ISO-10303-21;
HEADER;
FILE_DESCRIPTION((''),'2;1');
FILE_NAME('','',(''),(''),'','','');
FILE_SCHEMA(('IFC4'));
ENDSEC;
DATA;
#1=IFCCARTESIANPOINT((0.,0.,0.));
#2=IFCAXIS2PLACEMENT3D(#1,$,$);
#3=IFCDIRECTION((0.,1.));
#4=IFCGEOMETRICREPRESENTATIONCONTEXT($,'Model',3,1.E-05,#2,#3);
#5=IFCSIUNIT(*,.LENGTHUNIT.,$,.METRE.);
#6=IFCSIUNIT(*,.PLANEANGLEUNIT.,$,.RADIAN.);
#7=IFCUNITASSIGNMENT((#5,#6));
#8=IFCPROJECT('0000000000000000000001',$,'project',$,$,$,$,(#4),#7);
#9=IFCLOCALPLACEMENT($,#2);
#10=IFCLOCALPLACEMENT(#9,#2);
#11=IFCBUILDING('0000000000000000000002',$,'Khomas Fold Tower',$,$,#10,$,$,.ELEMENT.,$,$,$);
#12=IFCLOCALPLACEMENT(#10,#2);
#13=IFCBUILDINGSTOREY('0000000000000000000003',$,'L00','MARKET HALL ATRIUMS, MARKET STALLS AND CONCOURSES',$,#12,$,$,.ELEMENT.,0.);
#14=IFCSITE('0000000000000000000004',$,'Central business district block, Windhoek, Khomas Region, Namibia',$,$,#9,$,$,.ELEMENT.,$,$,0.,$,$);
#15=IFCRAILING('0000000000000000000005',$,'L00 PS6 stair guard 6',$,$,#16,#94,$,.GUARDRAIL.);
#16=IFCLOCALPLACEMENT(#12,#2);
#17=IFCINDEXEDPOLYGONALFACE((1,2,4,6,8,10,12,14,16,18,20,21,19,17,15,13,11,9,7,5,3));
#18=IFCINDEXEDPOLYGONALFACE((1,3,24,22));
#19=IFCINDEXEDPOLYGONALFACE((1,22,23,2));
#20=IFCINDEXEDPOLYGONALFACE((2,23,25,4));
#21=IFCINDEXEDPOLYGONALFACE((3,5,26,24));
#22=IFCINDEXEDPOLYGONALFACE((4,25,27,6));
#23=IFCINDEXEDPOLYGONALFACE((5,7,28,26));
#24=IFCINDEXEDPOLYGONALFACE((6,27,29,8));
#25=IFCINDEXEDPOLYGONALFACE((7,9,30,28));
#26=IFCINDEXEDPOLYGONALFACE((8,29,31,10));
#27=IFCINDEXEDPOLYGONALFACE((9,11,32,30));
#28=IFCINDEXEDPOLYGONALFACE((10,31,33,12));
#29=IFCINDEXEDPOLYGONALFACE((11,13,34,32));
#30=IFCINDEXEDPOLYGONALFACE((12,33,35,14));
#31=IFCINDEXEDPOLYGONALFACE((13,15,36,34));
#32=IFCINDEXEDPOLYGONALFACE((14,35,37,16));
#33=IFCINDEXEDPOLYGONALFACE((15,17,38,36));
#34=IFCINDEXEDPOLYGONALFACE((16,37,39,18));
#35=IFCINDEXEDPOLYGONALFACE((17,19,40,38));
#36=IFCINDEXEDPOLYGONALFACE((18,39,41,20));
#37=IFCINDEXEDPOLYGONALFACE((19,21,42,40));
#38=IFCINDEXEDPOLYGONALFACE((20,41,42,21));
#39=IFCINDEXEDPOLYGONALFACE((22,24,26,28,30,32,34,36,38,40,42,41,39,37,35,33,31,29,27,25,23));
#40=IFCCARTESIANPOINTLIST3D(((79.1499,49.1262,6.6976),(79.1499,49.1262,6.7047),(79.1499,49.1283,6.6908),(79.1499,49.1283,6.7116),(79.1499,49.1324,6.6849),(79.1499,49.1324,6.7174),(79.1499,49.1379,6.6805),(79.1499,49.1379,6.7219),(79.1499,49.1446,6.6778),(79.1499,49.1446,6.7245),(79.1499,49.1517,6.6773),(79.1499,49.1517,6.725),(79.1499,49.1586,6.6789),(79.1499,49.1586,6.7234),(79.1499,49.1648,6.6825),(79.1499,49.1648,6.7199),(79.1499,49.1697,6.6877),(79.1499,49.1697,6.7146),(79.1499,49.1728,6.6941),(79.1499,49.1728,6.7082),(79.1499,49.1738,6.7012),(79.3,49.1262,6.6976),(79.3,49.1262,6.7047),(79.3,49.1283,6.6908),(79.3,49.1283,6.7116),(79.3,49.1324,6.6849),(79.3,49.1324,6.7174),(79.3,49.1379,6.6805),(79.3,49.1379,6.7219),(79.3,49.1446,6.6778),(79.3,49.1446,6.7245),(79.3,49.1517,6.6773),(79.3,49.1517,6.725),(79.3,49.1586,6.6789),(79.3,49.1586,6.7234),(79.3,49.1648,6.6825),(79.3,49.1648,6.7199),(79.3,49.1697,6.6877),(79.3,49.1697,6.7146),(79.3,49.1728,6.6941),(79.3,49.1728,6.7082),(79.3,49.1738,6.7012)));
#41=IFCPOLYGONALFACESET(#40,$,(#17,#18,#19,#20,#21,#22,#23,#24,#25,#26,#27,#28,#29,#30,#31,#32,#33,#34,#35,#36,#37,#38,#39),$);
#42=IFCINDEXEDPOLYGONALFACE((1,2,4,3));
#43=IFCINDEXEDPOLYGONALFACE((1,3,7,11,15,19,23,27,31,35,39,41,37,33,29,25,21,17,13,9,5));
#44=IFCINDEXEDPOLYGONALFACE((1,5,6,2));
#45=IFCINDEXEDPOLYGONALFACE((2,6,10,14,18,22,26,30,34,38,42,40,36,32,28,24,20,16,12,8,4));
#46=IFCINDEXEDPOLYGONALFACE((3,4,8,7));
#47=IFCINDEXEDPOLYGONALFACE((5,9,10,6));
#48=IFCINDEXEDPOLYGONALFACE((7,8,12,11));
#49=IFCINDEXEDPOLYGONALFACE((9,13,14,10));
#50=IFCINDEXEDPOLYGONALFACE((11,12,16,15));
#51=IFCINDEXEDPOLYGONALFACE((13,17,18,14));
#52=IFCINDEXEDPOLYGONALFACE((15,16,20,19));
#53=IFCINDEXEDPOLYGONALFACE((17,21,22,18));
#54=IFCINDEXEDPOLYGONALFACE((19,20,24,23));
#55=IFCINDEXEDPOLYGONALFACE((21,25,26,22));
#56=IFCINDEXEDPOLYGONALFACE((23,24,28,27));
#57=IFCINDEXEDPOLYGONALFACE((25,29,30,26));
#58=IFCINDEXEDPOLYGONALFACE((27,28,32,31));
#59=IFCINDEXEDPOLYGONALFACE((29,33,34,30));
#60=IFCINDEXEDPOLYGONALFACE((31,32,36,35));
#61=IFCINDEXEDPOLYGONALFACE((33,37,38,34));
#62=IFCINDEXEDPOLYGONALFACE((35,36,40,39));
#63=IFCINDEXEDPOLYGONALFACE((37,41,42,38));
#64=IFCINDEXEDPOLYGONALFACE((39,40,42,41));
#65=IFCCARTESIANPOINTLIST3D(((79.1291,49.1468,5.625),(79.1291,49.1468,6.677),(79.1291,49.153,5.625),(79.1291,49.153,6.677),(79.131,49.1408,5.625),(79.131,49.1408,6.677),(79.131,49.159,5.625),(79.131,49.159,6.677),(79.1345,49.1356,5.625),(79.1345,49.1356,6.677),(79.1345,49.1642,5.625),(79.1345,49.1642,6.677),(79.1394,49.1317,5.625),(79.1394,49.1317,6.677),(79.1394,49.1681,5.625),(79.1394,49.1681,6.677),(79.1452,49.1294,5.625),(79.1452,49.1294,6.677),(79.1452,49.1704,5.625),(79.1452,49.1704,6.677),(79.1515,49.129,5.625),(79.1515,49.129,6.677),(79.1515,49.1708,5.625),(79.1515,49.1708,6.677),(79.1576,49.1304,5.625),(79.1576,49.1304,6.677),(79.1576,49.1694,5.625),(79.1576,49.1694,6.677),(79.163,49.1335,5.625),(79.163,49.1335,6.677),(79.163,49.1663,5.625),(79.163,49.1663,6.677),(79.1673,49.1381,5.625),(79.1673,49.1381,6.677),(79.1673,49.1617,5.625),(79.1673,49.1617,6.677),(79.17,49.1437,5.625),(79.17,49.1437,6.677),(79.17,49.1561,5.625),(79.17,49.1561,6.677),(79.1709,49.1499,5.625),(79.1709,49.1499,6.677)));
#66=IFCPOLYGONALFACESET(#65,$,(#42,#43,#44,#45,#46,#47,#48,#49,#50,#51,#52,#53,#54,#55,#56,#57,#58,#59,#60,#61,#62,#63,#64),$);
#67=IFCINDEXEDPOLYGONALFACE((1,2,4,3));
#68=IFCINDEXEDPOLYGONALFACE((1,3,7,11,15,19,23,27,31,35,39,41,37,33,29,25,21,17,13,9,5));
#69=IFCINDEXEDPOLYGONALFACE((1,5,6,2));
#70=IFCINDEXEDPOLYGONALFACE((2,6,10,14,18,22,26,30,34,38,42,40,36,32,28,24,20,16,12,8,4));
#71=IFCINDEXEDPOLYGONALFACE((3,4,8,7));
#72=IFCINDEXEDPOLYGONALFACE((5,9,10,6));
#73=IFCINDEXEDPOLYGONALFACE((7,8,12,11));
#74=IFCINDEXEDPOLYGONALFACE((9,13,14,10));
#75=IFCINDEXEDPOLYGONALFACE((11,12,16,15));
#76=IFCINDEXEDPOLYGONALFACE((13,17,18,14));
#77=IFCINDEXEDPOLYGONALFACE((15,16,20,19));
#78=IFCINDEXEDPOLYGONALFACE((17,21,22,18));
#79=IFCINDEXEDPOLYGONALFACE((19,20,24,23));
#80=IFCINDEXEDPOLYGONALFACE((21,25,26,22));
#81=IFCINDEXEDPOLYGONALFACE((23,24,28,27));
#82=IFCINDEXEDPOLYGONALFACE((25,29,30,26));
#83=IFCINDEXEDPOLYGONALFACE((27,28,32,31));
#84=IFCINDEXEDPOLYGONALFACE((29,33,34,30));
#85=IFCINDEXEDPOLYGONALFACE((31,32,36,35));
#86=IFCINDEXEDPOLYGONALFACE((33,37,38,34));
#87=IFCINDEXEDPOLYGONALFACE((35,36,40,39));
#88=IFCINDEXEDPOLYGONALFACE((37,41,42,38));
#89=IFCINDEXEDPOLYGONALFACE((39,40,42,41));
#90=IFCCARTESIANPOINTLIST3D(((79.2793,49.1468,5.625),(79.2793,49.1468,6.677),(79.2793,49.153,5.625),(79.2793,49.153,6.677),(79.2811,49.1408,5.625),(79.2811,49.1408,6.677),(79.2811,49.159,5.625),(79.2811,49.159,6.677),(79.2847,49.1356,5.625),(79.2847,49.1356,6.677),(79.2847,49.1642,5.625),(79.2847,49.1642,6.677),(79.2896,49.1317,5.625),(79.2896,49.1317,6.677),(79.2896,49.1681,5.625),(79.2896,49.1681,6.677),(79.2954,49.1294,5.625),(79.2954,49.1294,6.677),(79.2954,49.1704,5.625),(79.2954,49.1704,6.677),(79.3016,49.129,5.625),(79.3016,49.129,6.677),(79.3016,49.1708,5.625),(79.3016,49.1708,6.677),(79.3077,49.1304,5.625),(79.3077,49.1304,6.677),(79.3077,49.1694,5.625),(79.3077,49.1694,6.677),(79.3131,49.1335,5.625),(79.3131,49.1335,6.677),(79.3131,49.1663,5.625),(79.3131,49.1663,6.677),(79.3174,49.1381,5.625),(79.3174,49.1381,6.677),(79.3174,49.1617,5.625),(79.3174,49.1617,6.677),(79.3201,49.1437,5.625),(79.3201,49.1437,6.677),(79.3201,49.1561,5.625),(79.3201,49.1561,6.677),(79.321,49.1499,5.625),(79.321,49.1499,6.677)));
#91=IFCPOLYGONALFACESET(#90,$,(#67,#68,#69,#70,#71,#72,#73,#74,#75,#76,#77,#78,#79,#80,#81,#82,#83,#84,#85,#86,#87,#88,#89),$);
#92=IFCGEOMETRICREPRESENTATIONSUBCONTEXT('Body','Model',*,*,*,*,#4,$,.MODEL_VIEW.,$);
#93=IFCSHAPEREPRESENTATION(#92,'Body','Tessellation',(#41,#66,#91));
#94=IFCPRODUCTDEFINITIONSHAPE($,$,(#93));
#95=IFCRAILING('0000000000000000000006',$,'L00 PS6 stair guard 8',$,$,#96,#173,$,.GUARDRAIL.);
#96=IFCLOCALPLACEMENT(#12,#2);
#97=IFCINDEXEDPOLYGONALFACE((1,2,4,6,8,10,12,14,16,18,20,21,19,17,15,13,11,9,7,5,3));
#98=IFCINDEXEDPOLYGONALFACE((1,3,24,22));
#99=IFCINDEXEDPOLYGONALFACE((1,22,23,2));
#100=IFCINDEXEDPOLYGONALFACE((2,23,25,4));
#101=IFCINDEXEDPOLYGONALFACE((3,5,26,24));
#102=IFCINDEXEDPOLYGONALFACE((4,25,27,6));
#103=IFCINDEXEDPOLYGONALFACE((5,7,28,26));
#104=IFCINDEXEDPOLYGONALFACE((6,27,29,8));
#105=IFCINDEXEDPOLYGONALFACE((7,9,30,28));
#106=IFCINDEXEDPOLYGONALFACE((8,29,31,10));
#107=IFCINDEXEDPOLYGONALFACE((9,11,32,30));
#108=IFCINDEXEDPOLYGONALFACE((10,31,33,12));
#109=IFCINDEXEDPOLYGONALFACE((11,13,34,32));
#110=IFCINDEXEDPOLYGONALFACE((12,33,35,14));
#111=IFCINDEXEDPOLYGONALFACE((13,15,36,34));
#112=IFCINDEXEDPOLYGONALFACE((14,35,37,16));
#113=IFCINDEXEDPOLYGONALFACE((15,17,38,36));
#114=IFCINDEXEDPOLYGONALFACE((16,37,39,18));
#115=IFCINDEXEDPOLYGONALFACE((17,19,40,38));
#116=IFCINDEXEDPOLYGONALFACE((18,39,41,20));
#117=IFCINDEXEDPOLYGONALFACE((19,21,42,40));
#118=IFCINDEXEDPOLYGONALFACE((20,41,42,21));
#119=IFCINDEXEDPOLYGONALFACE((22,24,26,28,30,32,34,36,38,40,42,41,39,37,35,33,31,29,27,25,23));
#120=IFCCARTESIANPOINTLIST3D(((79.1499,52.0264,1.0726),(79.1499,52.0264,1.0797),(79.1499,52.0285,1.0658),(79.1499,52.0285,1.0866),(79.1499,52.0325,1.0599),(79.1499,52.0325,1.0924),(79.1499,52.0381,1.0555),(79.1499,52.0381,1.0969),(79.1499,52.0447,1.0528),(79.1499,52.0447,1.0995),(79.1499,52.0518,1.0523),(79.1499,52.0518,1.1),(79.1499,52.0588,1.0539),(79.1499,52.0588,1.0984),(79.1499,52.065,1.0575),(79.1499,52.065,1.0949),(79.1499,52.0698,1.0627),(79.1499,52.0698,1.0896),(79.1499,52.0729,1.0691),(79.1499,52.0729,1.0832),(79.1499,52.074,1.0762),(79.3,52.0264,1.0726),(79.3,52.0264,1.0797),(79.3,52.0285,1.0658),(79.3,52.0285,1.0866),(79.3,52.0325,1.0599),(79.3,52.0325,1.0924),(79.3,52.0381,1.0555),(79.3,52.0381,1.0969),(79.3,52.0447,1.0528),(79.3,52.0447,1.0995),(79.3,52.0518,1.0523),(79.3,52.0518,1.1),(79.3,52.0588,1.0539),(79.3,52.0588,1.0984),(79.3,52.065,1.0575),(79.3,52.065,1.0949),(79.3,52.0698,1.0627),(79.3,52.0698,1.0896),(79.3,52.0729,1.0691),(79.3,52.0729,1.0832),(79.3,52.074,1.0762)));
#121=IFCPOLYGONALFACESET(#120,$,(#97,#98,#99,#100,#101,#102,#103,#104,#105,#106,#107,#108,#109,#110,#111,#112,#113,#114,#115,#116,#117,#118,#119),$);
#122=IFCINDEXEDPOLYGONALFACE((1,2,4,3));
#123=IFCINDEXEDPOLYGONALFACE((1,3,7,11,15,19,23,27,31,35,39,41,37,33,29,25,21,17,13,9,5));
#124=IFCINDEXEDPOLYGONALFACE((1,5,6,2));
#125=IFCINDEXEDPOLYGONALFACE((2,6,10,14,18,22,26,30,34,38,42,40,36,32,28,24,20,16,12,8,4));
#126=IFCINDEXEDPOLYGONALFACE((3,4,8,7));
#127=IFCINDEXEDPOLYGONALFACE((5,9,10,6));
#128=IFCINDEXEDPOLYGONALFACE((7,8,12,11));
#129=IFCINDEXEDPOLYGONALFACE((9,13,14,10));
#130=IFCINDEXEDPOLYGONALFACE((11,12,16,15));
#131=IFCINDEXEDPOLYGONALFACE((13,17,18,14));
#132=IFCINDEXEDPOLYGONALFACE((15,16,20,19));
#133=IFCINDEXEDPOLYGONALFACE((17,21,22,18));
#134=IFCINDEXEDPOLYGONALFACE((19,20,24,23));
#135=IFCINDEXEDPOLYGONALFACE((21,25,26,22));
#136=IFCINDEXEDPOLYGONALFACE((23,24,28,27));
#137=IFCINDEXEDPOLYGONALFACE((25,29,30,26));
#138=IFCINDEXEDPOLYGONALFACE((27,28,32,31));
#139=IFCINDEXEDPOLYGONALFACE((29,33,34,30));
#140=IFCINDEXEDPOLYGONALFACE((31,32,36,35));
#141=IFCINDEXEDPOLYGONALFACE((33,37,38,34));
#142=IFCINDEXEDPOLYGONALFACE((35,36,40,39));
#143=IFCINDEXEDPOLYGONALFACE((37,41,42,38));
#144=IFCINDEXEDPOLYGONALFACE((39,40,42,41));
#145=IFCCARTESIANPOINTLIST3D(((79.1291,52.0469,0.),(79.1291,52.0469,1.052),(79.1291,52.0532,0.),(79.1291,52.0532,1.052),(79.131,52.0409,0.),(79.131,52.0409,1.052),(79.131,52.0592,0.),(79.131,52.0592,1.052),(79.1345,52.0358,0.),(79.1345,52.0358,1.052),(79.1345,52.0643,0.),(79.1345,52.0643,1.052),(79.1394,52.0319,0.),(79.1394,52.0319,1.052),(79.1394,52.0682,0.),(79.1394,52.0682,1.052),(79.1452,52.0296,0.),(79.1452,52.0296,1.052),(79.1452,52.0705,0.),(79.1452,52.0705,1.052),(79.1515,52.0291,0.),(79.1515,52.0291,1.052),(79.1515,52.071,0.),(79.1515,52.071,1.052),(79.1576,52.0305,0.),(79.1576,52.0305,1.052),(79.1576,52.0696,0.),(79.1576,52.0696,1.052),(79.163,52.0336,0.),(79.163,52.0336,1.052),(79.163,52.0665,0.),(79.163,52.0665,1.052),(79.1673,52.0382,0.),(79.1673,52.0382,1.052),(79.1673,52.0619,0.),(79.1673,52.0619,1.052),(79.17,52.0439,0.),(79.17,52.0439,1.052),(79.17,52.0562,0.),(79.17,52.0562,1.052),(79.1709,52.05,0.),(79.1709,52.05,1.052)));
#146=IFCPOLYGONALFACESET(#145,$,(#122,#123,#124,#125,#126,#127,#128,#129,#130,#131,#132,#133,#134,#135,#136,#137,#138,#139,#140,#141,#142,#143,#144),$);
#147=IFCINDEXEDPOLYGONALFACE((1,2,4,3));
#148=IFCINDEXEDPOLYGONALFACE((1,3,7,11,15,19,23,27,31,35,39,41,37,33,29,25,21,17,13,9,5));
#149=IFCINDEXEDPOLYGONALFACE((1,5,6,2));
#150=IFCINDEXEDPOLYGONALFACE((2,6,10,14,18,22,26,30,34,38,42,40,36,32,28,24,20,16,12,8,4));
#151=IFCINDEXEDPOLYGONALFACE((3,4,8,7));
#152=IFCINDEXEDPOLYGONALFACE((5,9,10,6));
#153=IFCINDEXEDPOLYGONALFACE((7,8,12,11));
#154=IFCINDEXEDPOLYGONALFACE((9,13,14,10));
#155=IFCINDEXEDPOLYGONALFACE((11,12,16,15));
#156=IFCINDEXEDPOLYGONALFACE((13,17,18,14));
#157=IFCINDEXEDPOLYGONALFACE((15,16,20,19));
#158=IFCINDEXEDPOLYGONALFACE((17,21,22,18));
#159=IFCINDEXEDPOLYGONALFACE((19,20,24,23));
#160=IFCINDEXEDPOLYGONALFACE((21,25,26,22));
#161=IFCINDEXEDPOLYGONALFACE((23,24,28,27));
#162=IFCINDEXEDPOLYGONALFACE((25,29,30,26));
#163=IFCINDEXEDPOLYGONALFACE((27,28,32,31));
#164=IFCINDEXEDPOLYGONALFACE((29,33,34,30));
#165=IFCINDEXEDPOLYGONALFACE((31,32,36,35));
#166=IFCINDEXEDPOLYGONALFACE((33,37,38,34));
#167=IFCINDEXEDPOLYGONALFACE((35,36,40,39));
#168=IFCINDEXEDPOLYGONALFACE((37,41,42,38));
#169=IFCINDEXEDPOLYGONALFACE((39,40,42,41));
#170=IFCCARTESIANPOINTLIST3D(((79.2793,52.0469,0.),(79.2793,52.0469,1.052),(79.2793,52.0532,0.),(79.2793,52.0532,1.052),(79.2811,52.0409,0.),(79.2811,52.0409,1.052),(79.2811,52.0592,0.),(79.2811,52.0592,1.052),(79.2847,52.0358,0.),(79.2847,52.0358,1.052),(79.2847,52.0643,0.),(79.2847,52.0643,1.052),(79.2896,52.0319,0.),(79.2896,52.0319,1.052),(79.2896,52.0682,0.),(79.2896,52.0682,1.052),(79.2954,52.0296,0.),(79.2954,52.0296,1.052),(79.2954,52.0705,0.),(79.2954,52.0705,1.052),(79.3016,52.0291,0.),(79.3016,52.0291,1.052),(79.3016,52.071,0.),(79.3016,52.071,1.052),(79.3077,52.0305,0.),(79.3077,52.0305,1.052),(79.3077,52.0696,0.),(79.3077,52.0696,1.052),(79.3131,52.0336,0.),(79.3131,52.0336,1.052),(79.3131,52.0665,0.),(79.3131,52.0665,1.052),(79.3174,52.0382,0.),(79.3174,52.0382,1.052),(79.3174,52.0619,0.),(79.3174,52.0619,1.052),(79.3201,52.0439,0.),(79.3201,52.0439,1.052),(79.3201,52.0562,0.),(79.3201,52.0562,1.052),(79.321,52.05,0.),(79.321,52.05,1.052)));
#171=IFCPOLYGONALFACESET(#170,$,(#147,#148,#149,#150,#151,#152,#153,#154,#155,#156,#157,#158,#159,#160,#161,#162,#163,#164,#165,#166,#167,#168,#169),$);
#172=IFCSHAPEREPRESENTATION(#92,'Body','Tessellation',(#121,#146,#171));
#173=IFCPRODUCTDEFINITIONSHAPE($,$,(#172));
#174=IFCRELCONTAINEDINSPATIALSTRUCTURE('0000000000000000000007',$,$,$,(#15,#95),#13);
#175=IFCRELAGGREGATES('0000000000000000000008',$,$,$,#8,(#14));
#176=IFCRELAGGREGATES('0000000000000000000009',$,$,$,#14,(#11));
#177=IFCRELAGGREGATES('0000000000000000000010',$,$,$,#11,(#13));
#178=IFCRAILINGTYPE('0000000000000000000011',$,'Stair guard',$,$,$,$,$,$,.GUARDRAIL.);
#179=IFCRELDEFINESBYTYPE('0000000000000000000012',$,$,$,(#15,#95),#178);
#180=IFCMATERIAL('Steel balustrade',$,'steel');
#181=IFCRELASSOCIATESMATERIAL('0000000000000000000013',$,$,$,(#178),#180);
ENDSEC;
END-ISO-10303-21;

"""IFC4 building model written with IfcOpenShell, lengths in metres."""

from ifc_helpers import new_model, si_unit, direction, frame, origin, origin_2d, place, context, subcontext, project, spatial, circle, extrude, source, transform, mapped, material, type_object, element, save


model = new_model("IFC4")

# Units and contexts
model_context = context("Model", 3, precision=1e-05, world=origin(), true_north=direction((0.0, 1.0)))
body_context = subcontext(model_context, "Body", "Model", "MODEL_VIEW")
ifc_project = project(units=[si_unit("LENGTHUNIT", "METRE"), si_unit("PLANEANGLEUNIT", "RADIAN")], contexts=[model_context])

# Site, building, storey
site_placement = place(None, origin())
site = spatial("IfcSite", under=ifc_project, at=site_placement, Name="Central business district block, Windhoek, Khomas Region, Namibia", CompositionType="ELEMENT", RefElevation=0.0)
building_placement = place(site_placement, origin())
building = spatial("IfcBuilding", under=site, at=building_placement, Name="Khomas Fold Tower", CompositionType="ELEMENT")
storey_placement = place(building_placement, origin())
storey = spatial("IfcBuildingStorey", under=building, at=storey_placement, Name="L00", Description="MARKET HALL ATRIUMS, MARKET STALLS AND CONCOURSES", CompositionType="ELEMENT", Elevation=0.0)

# Railings
ifc_material_1 = material(Name="Steel balustrade", Category="steel")
railing_type_1 = type_object("IfcRailingType", Name="Stair guard", PredefinedType="GUARDRAIL", material=ifc_material_1)
shared_shape_1 = source(origin(), body_context, "Body", "SweptSolid", [
    extrude(circle(Radius=0.0239, at=origin_2d()), frame((0.0, 0.0, 1.0762), z_axis=(1.0, 0.0, 0.0), x_axis=(0.0, 1.0, 0.0)), (0.0, 0.0, 1.0), 0.1501),
    extrude(circle(Radius=0.021, at=origin_2d()), origin(), (0.0, 0.0, 1.0), 1.052),
    extrude(circle(Radius=0.021, at=origin_2d()), frame((0.1501, 0.0, 0.0)), (0.0, 0.0, 1.0), 1.052),
])
for number, where, name in (
    (1, (79.1499, 49.1499, 5.625), "L00 PS6 stair guard 6"),
    (2, (79.1499, 52.05, 0.0), "L00 PS6 stair guard 8"),
):
    element("IfcRailing", number, at=place(storey_placement, frame(where)), inside=storey, type_object=railing_type_1, Name=name, PredefinedType="GUARDRAIL", context=body_context, shape_type="MappedRepresentation", body=[
        mapped(shared_shape_1, transform((0.0, 0.0, 0.0))),
    ])

save(model, "model.ifc")
